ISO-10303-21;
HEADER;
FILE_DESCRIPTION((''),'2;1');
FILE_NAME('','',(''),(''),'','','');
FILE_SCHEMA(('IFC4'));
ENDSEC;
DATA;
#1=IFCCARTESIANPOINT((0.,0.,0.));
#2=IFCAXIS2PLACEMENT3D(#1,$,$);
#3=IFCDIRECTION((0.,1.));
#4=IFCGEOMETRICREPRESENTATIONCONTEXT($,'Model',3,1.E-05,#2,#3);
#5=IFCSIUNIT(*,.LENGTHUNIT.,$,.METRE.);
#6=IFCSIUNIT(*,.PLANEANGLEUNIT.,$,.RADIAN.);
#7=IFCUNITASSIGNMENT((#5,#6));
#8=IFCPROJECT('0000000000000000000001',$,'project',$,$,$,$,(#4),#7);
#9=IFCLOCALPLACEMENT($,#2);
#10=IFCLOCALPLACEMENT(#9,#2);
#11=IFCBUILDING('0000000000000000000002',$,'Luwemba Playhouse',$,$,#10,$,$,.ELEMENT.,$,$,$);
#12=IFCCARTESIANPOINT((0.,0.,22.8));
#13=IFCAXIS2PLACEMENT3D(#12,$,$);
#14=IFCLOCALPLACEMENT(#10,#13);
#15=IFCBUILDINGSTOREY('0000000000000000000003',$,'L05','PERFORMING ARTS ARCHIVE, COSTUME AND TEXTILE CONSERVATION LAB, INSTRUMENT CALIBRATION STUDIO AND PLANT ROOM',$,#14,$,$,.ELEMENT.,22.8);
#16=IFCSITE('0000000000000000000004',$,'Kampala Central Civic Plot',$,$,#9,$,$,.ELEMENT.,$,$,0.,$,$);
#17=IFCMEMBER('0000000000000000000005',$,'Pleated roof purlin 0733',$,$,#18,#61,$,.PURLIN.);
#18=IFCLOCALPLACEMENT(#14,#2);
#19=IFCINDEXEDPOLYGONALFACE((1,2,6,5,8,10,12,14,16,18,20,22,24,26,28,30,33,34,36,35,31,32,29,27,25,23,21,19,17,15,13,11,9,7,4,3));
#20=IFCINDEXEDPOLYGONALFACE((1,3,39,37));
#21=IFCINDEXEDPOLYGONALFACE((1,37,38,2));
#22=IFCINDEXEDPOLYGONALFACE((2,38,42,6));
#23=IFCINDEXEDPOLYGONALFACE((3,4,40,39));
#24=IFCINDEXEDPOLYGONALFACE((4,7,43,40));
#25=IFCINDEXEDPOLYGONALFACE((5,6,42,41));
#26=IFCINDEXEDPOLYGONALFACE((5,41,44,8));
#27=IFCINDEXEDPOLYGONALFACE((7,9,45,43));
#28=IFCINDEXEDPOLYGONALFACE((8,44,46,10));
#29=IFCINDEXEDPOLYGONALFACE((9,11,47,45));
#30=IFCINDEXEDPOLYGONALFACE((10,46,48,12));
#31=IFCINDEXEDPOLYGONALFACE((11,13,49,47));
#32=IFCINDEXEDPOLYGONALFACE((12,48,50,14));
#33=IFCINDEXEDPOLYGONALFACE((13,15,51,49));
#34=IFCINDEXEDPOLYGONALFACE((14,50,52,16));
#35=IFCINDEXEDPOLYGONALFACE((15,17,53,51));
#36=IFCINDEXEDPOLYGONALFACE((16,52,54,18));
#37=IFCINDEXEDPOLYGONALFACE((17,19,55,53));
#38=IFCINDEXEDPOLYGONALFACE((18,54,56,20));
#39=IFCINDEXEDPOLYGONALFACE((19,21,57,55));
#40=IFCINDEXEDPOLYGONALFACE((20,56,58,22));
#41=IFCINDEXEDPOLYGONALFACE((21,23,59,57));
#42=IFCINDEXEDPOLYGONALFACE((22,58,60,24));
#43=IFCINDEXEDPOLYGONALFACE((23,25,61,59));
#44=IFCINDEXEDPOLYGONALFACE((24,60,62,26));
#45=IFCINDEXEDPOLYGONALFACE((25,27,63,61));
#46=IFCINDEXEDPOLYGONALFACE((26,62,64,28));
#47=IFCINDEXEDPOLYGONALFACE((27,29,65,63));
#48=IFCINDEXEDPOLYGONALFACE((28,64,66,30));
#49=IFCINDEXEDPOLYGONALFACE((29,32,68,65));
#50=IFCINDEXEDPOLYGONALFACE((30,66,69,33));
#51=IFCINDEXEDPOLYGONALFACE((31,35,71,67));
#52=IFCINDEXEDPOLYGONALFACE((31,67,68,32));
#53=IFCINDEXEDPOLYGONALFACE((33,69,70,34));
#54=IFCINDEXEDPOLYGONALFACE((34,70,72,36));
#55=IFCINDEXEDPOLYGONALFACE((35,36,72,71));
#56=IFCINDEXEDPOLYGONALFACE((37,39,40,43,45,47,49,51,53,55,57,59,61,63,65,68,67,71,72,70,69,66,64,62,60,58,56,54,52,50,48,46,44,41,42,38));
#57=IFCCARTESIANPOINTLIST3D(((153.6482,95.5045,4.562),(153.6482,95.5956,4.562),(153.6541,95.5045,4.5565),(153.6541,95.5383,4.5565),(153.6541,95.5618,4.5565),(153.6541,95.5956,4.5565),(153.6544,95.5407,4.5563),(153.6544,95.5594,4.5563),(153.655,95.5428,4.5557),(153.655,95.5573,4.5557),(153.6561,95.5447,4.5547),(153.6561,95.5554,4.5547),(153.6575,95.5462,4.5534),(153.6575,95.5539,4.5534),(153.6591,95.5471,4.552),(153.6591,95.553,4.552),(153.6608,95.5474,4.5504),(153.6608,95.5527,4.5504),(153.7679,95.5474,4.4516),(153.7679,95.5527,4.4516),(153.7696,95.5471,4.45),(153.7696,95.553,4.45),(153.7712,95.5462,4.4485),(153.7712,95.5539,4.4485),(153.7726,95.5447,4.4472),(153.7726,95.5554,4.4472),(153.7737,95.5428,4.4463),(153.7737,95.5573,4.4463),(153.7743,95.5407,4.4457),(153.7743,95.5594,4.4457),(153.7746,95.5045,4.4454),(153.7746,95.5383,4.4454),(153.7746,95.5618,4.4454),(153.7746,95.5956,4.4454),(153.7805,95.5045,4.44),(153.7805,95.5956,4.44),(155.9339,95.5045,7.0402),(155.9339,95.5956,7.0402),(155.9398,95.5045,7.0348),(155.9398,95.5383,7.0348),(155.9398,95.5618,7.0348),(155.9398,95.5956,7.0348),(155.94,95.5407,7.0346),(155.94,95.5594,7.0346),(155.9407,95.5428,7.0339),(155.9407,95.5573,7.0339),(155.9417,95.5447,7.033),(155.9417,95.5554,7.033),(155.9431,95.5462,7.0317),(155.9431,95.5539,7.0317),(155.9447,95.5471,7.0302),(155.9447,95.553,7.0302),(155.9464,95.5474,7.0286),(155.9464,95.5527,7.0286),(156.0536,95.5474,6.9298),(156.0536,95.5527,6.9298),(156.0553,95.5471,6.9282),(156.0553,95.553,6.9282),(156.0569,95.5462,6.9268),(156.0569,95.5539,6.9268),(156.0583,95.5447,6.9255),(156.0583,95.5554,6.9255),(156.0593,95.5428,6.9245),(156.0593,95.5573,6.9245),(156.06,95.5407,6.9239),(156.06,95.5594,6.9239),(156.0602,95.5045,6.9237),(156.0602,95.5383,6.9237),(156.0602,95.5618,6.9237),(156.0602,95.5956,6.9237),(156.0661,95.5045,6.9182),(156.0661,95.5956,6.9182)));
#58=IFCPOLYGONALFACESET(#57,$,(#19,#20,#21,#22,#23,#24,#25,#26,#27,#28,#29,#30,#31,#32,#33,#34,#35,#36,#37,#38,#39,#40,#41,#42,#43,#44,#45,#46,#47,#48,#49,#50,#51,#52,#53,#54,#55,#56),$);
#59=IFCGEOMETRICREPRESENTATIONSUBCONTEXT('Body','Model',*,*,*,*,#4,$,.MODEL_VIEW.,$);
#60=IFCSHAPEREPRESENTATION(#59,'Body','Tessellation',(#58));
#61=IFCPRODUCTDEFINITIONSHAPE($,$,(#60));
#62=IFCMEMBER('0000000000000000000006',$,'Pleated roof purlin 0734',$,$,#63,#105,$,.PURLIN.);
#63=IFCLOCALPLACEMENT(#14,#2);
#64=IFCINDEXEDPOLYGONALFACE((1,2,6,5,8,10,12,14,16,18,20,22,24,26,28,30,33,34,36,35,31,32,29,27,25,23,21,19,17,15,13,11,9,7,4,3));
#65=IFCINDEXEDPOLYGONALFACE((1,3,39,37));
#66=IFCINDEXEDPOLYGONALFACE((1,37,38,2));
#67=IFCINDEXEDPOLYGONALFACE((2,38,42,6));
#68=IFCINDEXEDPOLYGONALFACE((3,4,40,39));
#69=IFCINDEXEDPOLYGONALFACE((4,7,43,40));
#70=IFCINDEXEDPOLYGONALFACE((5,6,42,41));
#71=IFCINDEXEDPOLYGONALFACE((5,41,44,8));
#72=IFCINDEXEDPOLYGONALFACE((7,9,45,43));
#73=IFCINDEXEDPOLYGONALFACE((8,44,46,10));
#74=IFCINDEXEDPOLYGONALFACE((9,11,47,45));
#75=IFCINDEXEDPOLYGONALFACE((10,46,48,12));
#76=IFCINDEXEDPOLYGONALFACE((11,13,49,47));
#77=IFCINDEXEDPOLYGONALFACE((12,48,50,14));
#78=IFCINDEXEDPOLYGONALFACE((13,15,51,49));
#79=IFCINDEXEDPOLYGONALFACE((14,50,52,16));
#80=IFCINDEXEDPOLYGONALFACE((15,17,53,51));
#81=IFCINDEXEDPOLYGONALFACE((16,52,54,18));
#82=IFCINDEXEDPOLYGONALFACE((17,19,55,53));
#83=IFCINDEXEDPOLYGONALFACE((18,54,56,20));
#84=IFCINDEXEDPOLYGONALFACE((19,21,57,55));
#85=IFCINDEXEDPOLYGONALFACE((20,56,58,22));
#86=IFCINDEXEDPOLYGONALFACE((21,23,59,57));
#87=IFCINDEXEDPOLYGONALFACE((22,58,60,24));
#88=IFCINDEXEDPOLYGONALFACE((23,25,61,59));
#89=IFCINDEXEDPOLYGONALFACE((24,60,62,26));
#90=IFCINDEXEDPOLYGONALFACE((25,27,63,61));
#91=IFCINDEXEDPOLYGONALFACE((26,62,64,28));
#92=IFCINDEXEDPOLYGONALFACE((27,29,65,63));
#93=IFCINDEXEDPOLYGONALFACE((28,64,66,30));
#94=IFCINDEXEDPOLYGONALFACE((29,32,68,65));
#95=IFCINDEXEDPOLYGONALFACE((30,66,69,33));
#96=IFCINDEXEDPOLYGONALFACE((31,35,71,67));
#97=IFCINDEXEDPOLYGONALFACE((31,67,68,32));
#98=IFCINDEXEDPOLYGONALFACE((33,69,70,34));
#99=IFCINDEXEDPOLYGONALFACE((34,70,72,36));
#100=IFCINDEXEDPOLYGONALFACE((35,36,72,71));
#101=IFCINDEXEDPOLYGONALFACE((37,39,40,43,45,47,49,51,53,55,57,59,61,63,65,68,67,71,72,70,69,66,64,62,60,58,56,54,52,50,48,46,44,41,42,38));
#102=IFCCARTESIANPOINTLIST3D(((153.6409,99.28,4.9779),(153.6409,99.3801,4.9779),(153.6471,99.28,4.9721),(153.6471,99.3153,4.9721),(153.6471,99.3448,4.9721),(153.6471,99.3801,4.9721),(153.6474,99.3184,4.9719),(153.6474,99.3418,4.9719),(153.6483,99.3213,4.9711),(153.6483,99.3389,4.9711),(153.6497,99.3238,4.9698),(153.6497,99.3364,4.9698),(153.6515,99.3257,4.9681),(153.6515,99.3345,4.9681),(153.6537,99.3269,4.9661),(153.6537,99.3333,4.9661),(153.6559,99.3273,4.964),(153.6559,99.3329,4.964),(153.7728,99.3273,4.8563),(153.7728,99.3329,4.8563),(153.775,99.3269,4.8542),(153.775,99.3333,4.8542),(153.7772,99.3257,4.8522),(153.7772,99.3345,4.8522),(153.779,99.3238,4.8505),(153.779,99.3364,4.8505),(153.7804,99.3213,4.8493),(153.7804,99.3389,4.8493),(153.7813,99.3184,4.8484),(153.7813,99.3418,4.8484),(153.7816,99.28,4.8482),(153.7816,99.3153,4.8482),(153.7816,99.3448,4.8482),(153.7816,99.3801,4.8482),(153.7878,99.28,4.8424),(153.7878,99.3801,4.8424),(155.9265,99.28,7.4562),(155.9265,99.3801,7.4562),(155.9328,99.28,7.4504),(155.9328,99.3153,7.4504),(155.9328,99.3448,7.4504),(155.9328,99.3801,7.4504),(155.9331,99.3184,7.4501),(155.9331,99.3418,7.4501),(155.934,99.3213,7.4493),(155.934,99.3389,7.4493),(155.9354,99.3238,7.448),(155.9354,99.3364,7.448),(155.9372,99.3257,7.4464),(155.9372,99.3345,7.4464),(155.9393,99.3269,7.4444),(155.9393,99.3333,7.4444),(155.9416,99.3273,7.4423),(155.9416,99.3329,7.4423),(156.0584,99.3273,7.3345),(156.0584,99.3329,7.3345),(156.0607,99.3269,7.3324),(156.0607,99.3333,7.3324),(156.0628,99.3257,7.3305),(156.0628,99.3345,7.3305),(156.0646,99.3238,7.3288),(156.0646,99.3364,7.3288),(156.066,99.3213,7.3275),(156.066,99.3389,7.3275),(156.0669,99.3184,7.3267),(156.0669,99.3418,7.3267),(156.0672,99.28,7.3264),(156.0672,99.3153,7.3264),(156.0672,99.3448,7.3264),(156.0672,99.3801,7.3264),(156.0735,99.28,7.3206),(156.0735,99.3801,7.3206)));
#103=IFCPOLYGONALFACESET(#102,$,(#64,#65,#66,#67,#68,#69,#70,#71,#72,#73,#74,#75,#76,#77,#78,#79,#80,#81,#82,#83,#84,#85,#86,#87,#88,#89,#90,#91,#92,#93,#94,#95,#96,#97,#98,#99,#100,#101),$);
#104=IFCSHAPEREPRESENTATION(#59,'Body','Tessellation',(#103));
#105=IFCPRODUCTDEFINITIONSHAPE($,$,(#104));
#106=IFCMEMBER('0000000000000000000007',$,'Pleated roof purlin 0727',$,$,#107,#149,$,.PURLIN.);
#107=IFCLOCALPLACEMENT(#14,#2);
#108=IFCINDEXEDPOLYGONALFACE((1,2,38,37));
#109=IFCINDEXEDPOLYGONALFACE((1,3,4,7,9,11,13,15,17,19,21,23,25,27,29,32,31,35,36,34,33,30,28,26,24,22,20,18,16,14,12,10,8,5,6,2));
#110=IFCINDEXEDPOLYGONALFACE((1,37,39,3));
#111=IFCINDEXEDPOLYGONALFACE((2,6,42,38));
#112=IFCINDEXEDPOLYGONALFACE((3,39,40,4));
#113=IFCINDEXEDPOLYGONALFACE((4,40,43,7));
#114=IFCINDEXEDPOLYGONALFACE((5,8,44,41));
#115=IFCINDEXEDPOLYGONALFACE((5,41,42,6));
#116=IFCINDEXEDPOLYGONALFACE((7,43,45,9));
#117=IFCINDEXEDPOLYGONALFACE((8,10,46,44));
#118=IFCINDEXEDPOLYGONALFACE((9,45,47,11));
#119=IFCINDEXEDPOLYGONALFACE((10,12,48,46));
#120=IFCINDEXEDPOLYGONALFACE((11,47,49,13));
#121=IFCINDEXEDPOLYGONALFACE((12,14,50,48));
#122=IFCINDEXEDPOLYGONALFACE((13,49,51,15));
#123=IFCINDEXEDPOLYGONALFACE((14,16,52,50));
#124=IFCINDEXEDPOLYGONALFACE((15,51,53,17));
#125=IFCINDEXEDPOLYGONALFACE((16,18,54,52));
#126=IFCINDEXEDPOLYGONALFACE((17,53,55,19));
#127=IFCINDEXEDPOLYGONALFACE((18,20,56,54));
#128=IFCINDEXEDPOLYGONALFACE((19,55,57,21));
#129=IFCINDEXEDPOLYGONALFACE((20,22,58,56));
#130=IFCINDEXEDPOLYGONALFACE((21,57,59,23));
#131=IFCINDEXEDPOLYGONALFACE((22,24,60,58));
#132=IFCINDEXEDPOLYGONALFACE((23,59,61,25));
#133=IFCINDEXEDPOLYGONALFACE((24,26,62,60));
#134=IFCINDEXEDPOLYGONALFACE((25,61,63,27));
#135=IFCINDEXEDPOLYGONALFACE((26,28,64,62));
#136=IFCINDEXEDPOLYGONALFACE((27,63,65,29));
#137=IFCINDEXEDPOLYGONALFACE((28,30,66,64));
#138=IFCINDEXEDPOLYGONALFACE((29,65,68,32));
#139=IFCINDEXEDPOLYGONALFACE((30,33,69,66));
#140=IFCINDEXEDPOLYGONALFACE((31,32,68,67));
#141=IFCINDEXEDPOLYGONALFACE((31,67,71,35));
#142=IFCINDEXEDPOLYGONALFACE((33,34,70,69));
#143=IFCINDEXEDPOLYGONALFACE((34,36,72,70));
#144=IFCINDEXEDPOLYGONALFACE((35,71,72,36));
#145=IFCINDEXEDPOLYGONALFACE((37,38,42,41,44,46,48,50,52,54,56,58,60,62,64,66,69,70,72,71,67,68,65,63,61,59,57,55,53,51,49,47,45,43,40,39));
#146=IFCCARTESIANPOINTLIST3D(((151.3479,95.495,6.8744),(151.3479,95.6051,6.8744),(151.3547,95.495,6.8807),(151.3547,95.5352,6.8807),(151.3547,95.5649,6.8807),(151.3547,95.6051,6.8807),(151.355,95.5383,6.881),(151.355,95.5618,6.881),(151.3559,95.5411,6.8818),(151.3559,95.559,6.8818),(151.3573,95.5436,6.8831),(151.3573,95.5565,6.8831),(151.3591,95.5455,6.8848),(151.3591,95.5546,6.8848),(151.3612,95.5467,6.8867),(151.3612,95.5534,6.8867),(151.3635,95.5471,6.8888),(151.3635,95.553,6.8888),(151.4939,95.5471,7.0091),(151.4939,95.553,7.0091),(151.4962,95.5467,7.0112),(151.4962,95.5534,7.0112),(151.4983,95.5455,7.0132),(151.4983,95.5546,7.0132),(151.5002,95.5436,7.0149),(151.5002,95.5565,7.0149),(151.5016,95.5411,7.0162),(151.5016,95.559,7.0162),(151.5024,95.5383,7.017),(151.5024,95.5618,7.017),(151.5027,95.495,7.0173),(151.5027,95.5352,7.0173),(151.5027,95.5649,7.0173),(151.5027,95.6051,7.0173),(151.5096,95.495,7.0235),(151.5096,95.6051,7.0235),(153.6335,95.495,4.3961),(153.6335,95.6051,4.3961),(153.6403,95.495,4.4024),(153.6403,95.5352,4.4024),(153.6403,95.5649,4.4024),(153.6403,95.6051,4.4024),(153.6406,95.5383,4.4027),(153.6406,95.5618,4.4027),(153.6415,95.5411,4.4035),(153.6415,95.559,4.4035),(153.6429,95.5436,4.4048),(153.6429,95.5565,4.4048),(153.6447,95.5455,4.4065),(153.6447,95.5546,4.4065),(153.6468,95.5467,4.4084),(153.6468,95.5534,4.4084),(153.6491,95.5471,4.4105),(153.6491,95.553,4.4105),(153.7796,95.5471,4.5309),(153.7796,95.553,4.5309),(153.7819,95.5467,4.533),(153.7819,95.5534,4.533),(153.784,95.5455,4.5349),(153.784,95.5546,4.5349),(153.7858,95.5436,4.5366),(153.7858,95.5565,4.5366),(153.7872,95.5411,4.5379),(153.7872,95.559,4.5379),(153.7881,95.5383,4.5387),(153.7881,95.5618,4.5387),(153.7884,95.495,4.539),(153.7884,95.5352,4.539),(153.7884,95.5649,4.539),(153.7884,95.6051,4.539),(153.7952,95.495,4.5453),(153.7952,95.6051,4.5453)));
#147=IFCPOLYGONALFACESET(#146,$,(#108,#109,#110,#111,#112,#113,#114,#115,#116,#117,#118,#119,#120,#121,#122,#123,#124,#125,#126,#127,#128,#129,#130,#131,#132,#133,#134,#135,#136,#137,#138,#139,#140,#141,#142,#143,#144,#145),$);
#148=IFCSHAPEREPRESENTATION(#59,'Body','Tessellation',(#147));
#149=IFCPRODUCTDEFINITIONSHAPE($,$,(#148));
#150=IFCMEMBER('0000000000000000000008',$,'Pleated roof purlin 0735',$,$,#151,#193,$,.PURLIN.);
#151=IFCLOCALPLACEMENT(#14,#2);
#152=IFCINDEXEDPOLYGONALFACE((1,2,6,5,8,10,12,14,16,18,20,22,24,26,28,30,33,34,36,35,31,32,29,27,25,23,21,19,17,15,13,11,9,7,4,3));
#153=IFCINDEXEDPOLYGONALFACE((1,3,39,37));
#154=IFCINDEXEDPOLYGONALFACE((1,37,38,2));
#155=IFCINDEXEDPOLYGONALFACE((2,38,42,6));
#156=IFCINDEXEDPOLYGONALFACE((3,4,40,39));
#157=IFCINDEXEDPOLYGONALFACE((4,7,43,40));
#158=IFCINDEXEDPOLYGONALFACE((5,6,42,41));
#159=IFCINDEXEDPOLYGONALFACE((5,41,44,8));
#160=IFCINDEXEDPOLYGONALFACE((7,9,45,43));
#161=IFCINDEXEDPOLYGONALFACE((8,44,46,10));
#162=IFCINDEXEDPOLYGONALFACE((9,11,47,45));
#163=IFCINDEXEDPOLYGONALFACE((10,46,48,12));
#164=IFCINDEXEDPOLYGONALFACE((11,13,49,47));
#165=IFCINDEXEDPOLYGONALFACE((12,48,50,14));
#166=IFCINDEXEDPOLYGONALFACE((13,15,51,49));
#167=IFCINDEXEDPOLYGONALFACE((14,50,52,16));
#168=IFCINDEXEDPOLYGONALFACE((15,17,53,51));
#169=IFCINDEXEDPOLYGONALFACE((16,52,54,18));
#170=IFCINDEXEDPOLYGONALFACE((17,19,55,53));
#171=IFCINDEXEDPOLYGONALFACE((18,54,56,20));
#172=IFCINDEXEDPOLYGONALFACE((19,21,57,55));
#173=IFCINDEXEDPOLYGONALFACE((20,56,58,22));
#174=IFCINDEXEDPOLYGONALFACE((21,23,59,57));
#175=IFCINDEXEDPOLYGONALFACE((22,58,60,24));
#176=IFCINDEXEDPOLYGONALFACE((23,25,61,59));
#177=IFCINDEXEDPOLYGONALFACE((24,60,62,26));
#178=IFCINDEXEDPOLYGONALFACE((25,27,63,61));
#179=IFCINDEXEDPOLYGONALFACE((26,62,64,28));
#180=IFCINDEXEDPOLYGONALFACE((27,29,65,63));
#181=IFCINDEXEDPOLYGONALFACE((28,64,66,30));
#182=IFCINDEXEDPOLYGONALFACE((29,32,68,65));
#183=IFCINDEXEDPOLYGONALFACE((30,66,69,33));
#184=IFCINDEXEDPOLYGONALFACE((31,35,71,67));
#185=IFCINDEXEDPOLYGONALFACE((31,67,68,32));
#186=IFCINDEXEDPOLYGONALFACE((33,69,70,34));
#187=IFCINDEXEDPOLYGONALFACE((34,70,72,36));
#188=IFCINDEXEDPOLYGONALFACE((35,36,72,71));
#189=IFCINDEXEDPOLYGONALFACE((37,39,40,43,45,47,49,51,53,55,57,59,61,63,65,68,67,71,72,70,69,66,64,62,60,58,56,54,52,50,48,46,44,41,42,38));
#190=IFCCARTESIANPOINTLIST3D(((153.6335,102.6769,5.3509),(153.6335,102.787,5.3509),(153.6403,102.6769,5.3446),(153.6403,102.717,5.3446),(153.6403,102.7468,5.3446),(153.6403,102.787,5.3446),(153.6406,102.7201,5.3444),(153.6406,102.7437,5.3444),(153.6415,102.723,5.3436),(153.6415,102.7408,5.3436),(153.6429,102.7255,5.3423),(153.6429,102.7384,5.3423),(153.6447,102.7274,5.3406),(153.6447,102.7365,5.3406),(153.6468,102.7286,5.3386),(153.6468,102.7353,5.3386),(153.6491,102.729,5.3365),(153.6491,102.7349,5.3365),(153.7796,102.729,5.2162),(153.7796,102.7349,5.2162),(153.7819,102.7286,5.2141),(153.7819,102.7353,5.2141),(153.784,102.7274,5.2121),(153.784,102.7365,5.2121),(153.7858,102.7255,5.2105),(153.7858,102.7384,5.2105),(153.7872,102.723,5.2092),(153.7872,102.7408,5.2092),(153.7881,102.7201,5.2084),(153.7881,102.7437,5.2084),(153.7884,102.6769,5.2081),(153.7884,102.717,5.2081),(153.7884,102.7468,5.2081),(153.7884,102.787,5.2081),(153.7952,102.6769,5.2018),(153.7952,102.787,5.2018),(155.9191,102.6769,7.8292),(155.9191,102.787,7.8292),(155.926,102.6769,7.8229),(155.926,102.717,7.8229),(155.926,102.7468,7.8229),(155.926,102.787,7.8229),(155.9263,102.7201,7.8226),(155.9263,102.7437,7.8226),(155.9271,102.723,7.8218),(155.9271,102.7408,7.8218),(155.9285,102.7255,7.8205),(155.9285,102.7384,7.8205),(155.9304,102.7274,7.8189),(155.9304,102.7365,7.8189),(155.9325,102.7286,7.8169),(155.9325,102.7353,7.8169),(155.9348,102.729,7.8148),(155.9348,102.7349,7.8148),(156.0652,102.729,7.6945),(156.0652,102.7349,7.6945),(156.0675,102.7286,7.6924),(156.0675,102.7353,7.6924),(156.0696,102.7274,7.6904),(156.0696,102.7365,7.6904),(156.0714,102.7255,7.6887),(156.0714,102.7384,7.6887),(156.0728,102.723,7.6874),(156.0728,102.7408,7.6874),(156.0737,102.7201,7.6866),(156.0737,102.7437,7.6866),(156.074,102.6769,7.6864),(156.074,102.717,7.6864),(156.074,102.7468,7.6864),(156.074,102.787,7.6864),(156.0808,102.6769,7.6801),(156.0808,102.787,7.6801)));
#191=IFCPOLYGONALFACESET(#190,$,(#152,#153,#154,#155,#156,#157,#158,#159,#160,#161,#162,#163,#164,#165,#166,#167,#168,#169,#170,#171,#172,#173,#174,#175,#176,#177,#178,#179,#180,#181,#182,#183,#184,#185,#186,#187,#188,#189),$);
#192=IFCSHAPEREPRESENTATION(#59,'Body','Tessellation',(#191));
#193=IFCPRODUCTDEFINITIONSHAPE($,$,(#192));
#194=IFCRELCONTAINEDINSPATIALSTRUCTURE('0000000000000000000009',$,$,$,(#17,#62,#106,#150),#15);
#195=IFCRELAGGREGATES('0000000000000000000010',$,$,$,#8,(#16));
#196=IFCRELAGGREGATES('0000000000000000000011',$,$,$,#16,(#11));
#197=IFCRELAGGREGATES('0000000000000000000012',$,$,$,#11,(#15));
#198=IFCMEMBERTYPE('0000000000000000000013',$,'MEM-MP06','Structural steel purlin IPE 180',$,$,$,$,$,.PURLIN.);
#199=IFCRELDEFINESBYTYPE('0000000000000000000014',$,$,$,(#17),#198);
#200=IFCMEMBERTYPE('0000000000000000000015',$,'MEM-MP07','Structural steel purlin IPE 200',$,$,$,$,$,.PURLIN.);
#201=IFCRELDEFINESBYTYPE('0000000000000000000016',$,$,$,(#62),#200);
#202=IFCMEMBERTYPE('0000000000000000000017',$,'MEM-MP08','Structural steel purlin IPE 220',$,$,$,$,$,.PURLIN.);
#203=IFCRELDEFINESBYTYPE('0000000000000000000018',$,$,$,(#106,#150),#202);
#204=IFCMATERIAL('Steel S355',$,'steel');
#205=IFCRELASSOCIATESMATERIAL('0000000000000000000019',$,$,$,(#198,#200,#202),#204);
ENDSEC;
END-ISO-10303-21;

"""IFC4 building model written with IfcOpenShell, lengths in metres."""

from ifc_helpers import new_model, si_unit, direction, frame, origin, origin_2d, place, context, subcontext, project, spatial, i_section, extrude, material, material_profile, profile_set, type_object, element, save


model = new_model("IFC4")

# Units and contexts
model_context = context("Model", 3, precision=1e-05, world=origin(), true_north=direction((0.0, 1.0)))
body_context = subcontext(model_context, "Body", "Model", "MODEL_VIEW")
ifc_project = project(units=[si_unit("LENGTHUNIT", "METRE"), si_unit("PLANEANGLEUNIT", "RADIAN")], contexts=[model_context])

# Site, building, storey
site_placement = place(None, origin())
site = spatial("IfcSite", under=ifc_project, at=site_placement, Name="Kampala Central Civic Plot", CompositionType="ELEMENT", RefElevation=0.0)
building_placement = place(site_placement, origin())
building = spatial("IfcBuilding", under=site, at=building_placement, Name="Luwemba Playhouse", CompositionType="ELEMENT")
storey_placement = place(building_placement, frame((0.0, 0.0, 22.8)))
storey = spatial("IfcBuildingStorey", under=building, at=storey_placement, Name="L05", Description="PERFORMING ARTS ARCHIVE, COSTUME AND TEXTILE CONSERVATION LAB, INSTRUMENT CALIBRATION STUDIO AND PLANT ROOM", CompositionType="ELEMENT", Elevation=22.8)

# Shared definitions
ifc_material_1 = material(Name="Steel S355", Category="steel")

# Members
ifc_material_profile_1 = material_profile(ifc_material_1, i_section(OverallWidth=0.0911, OverallDepth=0.1799, WebThickness=0.0054, FlangeThickness=0.0081, FilletRadius=0.009, at=origin_2d()))
ifc_profile_set_1 = profile_set([ifc_material_profile_1], Name="Steel S355")
member_type_1 = type_object("IfcMemberType", Name="MEM-MP06", Description="Structural steel purlin IPE 180", PredefinedType="PURLIN", material=ifc_profile_set_1)
for number, where, z_axis, x_axis, name in (
    (1, (153.7144, 95.55, 4.501), (0.677961, 0.0, 0.735098), (0.0, 1.0, 0.0), "Pleated roof purlin 0733"),
):
    element("IfcMember", number, at=place(storey_placement, frame(where, z_axis=z_axis, x_axis=x_axis)), inside=storey, type_object=member_type_1, Name=name, PredefinedType="PURLIN", context=body_context, shape_type="SweptSolid", body=[
        extrude(i_section(OverallWidth=0.0911, OverallDepth=0.1799, WebThickness=0.0054, FlangeThickness=0.0081, FilletRadius=0.009, at=origin_2d()), origin(), (0.0, 0.0, 1.0), 3.3713),
    ])
ifc_material_profile_2 = material_profile(ifc_material_1, i_section(OverallWidth=0.1001, OverallDepth=0.2, WebThickness=0.0056, FlangeThickness=0.0085, FilletRadius=0.012, at=origin_2d()))
ifc_profile_set_2 = profile_set([ifc_material_profile_2], Name="Steel S355")
member_type_2 = type_object("IfcMemberType", Name="MEM-MP07", Description="Structural steel purlin IPE 200", PredefinedType="PURLIN", material=ifc_profile_set_2)
member_1_placement = place(storey_placement, frame((153.7144, 99.3301, 4.9102), z_axis=(0.677961, 0.0, 0.735098), x_axis=(0.0, 1.0, 0.0)))
element("IfcMember", 2, at=member_1_placement, inside=storey, type_object=member_type_2, Name="Pleated roof purlin 0734", PredefinedType="PURLIN", context=body_context, shape_type="SweptSolid", body=[
    extrude(i_section(OverallWidth=0.1001, OverallDepth=0.2, WebThickness=0.0056, FlangeThickness=0.0085, FilletRadius=0.012, at=origin_2d()), origin(), (0.0, 0.0, 1.0), 3.3713),
])
ifc_material_profile_3 = material_profile(ifc_material_1, i_section(OverallWidth=0.1101, OverallDepth=0.22, WebThickness=0.0059, FlangeThickness=0.0093, FilletRadius=0.012, at=origin_2d()))
ifc_profile_set_3 = profile_set([ifc_material_profile_3], Name="Steel S355")
member_type_3 = type_object("IfcMemberType", Name="MEM-MP08", Description="Structural steel purlin IPE 220", PredefinedType="PURLIN", material=ifc_profile_set_3)
for number, where, z_axis, x_axis, name in (
    (3, (151.4287, 95.55, 6.949), (0.677961, 0.0, -0.735098), (0.0, 1.0, 0.0), "Pleated roof purlin 0727"),
    (4, (153.7144, 102.7319, 5.2764), (0.677961, 0.0, 0.735098), (0.0, 1.0, 0.0), "Pleated roof purlin 0735"),
):
    element("IfcMember", number, at=place(storey_placement, frame(where, z_axis=z_axis, x_axis=x_axis)), inside=storey, type_object=member_type_3, Name=name, PredefinedType="PURLIN", context=body_context, shape_type="SweptSolid", body=[
        extrude(i_section(OverallWidth=0.1101, OverallDepth=0.22, WebThickness=0.0059, FlangeThickness=0.0093, FilletRadius=0.012, at=origin_2d()), origin(), (0.0, 0.0, 1.0), 3.3713),
    ])

save(model, "model.ifc")
